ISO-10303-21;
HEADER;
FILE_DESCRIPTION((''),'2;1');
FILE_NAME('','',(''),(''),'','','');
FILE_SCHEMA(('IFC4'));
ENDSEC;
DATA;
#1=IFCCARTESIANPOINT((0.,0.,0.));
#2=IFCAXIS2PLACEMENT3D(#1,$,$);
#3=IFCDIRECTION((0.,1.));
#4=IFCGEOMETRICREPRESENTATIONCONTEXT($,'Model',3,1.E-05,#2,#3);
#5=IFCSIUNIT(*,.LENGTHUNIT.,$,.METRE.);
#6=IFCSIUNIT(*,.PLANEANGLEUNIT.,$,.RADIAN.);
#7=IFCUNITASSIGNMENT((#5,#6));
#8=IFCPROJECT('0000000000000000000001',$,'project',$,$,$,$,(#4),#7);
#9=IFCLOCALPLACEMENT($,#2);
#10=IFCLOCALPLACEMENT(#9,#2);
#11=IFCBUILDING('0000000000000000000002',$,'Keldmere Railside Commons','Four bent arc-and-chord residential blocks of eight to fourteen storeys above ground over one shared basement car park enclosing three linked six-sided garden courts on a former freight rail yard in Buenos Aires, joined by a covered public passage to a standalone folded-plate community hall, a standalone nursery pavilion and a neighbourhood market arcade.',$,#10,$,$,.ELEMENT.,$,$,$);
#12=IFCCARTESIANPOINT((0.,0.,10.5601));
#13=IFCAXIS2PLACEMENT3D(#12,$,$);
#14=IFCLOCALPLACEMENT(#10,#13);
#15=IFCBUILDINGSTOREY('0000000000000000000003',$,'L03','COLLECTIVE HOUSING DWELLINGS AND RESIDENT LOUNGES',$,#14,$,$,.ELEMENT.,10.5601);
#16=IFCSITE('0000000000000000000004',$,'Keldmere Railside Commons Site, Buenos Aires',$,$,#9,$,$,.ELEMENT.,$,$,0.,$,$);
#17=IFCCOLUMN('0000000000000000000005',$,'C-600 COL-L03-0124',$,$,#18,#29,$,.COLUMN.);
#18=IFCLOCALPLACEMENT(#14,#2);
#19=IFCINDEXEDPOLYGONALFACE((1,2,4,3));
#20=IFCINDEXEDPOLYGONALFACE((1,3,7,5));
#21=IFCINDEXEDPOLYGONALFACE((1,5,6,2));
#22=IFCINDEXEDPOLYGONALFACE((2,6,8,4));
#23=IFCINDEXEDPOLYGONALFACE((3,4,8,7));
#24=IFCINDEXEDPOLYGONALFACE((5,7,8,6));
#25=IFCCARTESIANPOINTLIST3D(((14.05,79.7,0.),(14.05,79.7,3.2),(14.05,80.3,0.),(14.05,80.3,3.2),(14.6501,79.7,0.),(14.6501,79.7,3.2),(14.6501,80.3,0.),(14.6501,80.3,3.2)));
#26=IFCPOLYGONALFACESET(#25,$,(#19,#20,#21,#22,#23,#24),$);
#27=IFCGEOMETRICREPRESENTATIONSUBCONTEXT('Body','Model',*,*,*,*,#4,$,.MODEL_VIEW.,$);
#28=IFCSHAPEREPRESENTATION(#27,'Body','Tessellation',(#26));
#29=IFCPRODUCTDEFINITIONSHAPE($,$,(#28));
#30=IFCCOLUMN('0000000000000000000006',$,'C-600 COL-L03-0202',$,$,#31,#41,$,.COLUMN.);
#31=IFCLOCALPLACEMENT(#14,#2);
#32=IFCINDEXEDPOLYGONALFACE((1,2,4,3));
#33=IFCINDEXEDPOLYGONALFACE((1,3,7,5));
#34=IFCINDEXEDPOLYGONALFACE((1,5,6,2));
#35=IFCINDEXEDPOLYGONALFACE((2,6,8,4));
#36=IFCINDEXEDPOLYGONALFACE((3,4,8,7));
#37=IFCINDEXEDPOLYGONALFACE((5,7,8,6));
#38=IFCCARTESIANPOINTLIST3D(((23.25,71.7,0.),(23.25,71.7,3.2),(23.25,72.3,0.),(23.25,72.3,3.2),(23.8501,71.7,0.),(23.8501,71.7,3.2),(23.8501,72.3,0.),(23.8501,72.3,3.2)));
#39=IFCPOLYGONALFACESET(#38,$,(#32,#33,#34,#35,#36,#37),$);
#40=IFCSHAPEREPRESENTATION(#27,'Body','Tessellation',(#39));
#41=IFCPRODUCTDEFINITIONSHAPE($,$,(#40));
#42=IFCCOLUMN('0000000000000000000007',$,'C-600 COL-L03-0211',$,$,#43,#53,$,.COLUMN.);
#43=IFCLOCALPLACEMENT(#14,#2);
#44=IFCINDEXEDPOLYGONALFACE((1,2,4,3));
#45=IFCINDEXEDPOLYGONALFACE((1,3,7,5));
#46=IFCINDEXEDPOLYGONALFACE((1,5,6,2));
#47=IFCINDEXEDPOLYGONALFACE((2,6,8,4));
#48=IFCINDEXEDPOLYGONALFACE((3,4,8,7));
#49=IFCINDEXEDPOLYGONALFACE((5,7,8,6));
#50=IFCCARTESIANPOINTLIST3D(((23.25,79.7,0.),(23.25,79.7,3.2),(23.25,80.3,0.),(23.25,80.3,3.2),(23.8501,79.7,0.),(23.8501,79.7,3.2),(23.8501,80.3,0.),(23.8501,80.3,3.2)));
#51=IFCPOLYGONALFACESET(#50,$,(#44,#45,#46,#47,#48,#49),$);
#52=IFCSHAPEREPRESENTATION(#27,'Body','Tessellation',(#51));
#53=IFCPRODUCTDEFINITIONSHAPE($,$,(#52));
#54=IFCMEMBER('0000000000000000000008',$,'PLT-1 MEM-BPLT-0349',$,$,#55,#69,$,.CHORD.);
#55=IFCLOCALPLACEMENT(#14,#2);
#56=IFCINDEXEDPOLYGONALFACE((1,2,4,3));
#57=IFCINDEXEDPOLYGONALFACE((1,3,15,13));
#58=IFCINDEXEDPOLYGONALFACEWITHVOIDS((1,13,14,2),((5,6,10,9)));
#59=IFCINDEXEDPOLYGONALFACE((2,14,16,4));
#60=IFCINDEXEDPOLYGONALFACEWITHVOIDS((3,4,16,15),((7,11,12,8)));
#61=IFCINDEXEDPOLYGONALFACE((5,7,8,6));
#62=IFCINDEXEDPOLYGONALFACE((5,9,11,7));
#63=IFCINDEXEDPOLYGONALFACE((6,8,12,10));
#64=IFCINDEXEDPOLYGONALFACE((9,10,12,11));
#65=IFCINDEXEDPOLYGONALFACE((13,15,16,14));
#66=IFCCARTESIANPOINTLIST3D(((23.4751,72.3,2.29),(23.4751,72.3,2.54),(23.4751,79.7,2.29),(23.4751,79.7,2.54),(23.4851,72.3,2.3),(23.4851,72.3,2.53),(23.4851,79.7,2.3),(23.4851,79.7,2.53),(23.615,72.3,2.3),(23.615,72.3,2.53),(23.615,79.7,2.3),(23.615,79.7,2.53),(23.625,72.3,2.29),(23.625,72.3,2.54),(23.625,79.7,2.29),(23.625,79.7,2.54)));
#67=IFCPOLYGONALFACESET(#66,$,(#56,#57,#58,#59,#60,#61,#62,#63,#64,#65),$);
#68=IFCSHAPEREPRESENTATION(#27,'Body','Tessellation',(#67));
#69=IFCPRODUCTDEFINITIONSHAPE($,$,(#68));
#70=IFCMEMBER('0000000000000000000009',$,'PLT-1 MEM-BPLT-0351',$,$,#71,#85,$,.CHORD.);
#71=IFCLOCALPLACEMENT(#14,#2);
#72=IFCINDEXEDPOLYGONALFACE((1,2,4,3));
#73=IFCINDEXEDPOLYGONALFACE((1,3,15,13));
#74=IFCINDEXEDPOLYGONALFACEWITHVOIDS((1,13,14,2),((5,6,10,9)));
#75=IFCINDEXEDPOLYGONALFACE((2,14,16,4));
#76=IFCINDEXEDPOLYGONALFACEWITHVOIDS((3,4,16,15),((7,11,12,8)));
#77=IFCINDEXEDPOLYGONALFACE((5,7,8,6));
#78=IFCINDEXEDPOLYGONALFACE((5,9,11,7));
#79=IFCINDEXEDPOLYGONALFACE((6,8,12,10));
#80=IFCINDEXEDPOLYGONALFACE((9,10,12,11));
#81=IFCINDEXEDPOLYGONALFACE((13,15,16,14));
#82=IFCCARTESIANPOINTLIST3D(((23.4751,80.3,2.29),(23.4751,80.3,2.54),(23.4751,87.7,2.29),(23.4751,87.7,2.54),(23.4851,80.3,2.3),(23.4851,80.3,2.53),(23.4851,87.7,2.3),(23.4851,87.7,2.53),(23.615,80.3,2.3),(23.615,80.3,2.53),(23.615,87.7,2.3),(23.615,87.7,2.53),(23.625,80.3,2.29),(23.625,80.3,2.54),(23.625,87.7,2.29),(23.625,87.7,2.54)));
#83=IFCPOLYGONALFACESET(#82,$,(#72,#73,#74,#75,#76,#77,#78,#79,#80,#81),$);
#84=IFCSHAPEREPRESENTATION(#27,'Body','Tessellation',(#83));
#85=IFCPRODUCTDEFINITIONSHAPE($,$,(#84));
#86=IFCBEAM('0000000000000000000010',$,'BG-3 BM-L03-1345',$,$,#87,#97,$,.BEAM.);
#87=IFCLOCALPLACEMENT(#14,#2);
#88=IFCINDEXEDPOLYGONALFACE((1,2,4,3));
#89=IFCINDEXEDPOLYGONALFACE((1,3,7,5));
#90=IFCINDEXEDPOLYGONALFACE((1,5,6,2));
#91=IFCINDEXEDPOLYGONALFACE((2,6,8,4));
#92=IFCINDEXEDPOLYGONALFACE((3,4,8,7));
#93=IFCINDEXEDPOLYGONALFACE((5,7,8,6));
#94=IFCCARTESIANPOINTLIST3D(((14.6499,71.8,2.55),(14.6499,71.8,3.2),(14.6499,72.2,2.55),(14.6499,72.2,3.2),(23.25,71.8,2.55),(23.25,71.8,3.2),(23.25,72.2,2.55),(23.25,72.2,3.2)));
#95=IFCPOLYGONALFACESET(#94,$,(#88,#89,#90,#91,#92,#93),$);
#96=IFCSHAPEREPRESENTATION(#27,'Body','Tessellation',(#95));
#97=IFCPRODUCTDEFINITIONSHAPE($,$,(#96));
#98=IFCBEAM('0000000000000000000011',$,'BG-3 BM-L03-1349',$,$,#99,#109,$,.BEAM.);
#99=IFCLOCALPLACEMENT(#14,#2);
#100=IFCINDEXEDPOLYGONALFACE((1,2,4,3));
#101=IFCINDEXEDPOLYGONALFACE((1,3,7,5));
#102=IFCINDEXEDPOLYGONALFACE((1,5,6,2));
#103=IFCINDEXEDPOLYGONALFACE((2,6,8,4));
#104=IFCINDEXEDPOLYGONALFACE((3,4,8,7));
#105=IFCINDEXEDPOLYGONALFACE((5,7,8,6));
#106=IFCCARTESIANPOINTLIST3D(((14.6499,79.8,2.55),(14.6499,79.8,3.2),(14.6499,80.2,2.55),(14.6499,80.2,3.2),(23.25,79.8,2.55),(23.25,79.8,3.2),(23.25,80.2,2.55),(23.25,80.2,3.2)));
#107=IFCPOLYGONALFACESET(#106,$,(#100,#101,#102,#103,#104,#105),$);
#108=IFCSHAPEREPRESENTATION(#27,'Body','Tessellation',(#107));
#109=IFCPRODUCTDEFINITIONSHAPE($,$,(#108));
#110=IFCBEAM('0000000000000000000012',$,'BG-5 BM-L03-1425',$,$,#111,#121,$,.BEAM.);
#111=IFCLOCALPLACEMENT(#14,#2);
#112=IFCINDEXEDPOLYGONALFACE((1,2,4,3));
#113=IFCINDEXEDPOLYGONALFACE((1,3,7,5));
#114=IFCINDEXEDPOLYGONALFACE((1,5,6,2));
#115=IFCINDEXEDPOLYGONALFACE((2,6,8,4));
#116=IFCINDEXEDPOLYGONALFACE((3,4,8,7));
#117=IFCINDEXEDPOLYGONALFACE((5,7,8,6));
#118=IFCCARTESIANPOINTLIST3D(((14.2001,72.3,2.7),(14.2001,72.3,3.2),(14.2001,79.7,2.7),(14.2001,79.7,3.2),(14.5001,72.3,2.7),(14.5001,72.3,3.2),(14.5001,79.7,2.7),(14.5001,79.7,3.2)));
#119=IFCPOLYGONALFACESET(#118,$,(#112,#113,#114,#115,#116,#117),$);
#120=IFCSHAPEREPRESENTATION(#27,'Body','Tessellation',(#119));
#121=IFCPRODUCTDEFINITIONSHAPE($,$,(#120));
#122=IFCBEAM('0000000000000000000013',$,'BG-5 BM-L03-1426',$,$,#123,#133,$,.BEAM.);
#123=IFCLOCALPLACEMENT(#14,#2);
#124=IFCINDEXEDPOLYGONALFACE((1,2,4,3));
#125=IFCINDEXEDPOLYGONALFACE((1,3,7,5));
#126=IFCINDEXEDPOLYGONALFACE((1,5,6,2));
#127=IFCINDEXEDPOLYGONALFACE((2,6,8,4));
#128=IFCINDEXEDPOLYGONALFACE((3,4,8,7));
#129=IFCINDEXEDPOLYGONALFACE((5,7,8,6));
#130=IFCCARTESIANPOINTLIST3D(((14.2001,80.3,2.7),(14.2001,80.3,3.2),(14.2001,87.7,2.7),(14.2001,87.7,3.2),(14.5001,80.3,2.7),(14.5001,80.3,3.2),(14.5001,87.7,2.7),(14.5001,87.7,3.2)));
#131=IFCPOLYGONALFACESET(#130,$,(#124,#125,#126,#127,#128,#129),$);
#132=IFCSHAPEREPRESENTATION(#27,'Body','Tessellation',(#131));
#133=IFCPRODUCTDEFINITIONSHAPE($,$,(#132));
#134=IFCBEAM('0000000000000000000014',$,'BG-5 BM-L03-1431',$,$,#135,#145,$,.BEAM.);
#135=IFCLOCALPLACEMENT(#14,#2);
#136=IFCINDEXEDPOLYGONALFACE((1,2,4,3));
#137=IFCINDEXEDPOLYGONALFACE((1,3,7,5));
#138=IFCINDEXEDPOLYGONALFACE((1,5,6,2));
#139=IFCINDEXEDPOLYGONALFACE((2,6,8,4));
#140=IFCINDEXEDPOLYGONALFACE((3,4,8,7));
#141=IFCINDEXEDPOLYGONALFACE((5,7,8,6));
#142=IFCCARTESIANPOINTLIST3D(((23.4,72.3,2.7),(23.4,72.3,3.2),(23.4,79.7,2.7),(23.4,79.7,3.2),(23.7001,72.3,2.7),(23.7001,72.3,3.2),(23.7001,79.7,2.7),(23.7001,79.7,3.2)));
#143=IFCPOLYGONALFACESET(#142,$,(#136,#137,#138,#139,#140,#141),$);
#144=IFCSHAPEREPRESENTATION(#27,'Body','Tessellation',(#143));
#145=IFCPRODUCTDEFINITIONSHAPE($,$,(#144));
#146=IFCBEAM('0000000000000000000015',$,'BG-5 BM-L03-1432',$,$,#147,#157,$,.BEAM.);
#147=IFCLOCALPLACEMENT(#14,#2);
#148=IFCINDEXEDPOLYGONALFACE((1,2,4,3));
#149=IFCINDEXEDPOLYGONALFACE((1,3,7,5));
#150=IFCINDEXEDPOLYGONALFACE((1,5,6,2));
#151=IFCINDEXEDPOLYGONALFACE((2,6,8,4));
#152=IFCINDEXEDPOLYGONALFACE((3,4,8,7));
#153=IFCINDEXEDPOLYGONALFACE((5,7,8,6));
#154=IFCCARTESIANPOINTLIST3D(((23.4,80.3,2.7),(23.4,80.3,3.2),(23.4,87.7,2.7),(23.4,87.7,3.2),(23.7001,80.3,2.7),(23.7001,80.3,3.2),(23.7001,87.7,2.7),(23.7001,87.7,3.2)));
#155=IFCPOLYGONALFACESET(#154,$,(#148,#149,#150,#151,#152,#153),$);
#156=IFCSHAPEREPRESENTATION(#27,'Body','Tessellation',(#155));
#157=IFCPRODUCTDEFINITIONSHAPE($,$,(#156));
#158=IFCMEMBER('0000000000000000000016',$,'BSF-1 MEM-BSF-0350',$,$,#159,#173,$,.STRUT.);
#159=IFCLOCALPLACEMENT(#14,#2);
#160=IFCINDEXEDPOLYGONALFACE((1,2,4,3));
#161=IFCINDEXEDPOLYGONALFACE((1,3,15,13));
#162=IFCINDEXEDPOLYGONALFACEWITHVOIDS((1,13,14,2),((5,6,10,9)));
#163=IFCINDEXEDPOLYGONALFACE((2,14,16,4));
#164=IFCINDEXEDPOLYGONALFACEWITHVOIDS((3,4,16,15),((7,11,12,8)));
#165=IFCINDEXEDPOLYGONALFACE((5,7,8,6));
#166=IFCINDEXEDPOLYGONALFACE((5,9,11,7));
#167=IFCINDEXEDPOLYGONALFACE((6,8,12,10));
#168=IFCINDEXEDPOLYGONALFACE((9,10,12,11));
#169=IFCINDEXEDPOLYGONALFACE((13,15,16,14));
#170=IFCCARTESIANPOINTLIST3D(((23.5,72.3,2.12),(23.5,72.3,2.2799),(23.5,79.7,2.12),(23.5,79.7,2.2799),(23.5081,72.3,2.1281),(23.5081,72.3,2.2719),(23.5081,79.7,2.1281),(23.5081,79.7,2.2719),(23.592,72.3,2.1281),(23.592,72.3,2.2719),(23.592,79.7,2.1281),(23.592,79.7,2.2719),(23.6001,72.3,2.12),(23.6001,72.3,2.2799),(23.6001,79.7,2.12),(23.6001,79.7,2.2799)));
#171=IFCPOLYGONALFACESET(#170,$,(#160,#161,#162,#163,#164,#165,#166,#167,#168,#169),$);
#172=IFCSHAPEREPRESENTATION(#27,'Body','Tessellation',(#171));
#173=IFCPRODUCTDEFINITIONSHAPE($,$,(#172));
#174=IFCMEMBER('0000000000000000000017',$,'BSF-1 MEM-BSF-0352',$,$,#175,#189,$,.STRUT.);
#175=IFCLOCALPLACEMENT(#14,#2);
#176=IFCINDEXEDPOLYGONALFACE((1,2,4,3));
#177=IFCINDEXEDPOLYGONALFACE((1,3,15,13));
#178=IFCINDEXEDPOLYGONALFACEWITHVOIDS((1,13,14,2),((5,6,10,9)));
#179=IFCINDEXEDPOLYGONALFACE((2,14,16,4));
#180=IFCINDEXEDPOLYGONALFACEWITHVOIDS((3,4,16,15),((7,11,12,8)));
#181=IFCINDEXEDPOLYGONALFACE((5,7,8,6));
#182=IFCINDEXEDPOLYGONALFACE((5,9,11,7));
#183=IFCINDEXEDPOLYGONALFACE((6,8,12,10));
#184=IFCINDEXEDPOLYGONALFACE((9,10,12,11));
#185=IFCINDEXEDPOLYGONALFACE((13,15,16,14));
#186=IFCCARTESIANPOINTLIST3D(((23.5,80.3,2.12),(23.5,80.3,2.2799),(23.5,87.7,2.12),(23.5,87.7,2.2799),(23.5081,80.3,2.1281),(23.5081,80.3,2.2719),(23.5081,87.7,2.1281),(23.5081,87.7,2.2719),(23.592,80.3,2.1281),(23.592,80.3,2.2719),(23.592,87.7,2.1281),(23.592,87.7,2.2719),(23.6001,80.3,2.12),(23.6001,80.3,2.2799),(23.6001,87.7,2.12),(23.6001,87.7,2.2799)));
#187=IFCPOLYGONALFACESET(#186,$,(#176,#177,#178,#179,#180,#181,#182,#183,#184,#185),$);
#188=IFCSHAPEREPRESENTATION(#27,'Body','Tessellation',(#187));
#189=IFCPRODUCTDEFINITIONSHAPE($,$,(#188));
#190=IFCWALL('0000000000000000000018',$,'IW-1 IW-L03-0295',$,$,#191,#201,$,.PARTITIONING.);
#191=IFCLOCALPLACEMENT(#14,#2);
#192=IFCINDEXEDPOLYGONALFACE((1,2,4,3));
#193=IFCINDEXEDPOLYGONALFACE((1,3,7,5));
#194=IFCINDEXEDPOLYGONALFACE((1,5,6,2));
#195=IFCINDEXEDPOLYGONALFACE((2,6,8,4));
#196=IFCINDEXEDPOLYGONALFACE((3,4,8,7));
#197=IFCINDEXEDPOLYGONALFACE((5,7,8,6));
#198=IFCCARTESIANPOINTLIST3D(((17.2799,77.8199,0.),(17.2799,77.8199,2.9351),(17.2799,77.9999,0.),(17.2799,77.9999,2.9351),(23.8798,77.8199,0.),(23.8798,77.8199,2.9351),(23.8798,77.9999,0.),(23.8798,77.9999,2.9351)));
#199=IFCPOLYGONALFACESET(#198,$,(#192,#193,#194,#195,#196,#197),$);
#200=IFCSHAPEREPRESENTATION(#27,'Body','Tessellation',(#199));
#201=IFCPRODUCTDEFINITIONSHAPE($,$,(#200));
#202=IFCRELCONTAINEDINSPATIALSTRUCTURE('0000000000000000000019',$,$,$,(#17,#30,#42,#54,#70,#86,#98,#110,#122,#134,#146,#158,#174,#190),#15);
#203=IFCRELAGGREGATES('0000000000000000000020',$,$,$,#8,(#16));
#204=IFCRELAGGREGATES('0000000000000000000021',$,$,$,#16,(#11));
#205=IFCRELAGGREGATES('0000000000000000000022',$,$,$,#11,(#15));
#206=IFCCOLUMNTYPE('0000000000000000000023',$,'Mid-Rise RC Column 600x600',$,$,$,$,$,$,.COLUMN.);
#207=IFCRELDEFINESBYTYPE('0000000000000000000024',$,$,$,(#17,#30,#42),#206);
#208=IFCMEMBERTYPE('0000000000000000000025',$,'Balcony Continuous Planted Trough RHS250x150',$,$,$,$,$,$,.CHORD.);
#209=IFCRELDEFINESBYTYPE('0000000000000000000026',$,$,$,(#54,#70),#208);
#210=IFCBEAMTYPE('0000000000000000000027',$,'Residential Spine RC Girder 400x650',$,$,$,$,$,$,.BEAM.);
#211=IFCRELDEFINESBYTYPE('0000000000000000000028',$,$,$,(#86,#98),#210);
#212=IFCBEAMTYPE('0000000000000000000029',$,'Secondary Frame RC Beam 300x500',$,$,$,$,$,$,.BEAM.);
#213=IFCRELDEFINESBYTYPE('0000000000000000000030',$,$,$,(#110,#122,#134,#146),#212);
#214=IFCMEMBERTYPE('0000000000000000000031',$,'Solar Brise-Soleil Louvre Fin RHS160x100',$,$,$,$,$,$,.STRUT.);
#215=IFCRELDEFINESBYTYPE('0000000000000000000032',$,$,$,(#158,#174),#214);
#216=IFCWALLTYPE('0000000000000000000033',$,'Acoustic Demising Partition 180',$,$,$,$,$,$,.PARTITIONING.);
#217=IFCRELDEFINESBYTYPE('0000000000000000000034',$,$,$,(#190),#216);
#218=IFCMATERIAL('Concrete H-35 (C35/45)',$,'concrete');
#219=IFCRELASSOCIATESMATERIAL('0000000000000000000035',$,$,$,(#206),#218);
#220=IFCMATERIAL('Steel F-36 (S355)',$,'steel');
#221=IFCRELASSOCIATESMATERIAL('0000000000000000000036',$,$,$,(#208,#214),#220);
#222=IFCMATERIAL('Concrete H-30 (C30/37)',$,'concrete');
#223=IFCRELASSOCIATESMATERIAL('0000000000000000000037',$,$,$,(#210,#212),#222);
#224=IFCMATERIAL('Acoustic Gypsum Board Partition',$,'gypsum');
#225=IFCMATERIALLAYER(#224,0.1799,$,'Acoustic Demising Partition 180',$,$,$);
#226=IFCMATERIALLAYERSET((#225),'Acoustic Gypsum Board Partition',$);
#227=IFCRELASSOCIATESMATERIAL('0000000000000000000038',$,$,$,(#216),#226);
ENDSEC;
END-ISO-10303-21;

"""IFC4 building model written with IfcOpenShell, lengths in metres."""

from ifc_helpers import new_model, si_unit, direction, frame, frame_2d, origin, origin_2d, place, context, subcontext, project, spatial, rectangle, hollow_rectangle, extrude, material, layer, layer_set, material_profile, profile_set, type_object, element, save


model = new_model("IFC4")

# Units and contexts
model_context = context("Model", 3, precision=1e-05, world=origin(), true_north=direction((0.0, 1.0)))
body_context = subcontext(model_context, "Body", "Model", "MODEL_VIEW")
ifc_project = project(units=[si_unit("LENGTHUNIT", "METRE"), si_unit("PLANEANGLEUNIT", "RADIAN")], contexts=[model_context])

# Site, building, storey
site_placement = place(None, origin())
site = spatial("IfcSite", under=ifc_project, at=site_placement, Name="Keldmere Railside Commons Site, Buenos Aires", CompositionType="ELEMENT", RefElevation=0.0)
building_placement = place(site_placement, origin())
building = spatial("IfcBuilding", under=site, at=building_placement, Name="Keldmere Railside Commons", Description="Four bent arc-and-chord residential blocks of eight to fourteen storeys above ground over one shared basement car park enclosing three linked six-sided garden courts on a former freight rail yard in Buenos Aires, joined by a covered public passage to a standalone folded-plate community hall, a standalone nursery pavilion and a neighbourhood market arcade.", CompositionType="ELEMENT")
storey_placement = place(building_placement, frame((0.0, 0.0, 10.5601)))
storey = spatial("IfcBuildingStorey", under=building, at=storey_placement, Name="L03", Description="COLLECTIVE HOUSING DWELLINGS AND RESIDENT LOUNGES", CompositionType="ELEMENT", Elevation=10.5601)

# Columns
ifc_material_1 = material(Name="Concrete H-35 (C35/45)", Category="concrete")
ifc_material_profile_1 = material_profile(ifc_material_1, rectangle(XDim=0.6001, YDim=0.6001, at=origin_2d()), Name="RC-600x600")
ifc_profile_set_1 = profile_set([ifc_material_profile_1], Name="Concrete H-35 (C35/45)")
column_type = type_object("IfcColumnType", Name="Mid-Rise RC Column 600x600", PredefinedType="COLUMN", material=ifc_profile_set_1)
for number, where, z_axis, x_axis, name in (
    (1, (14.3501, 80.0, 0.0), (0.0, 0.0, 1.0), (1.0, 0.0, 0.0), "C-600 COL-L03-0124"),
    (2, (23.55, 72.0, 0.0), (0.0, 0.0, 1.0), (1.0, 0.0, 0.0), "C-600 COL-L03-0202"),
    (3, (23.55, 80.0, 0.0), (0.0, 0.0, 1.0), (1.0, 0.0, 0.0), "C-600 COL-L03-0211"),
):
    element("IfcColumn", number, at=place(storey_placement, frame(where, z_axis=z_axis, x_axis=x_axis)), inside=storey, type_object=column_type, Name=name, PredefinedType="COLUMN", context=body_context, shape_type="SweptSolid", body=[
        extrude(rectangle(XDim=0.6001, YDim=0.6001, at=origin_2d()), origin(), (0.0, 0.0, 1.0), 3.2),
    ])

# Members
ifc_material_2 = material(Name="Steel F-36 (S355)", Category="steel")
ifc_material_profile_2 = material_profile(ifc_material_2, hollow_rectangle(XDim=0.1499, YDim=0.25, WallThickness=0.01, at=origin_2d()), Name="RHS-250x150x10")
ifc_profile_set_2 = profile_set([ifc_material_profile_2], Name="Steel F-36 (S355)")
member_type_1 = type_object("IfcMemberType", Name="Balcony Continuous Planted Trough RHS250x150", PredefinedType="CHORD", material=ifc_profile_set_2)
for number, where, z_axis, x_axis, name in (
    (4, (23.55, 72.3, 2.415), (0.0, 1.0, 0.0), (-1.0, 0.0, 0.0), "PLT-1 MEM-BPLT-0349"),
    (5, (23.55, 80.3, 2.415), (0.0, 1.0, 0.0), (-1.0, 0.0, 0.0), "PLT-1 MEM-BPLT-0351"),
):
    element("IfcMember", number, at=place(storey_placement, frame(where, z_axis=z_axis, x_axis=x_axis)), inside=storey, type_object=member_type_1, Name=name, PredefinedType="CHORD", context=body_context, shape_type="SweptSolid", body=[
        extrude(hollow_rectangle(XDim=0.1499, YDim=0.25, WallThickness=0.01, at=origin_2d()), origin(), (0.0, 0.0, 1.0), 7.3999),
    ])

# Beams
ifc_material_3 = material(Name="Concrete H-30 (C30/37)", Category="concrete")
ifc_material_profile_3 = material_profile(ifc_material_3, rectangle(XDim=0.3999, YDim=0.6499, at=origin_2d()), Name="RC-400x650")
ifc_profile_set_3 = profile_set([ifc_material_profile_3], Name="Concrete H-30 (C30/37)")
beam_type_1 = type_object("IfcBeamType", Name="Residential Spine RC Girder 400x650", PredefinedType="BEAM", material=ifc_profile_set_3)
for number, where, z_axis, x_axis, name in (
    (6, (14.6499, 72.0, 2.875), (1.0, 0.0, 0.0), (0.0, 1.0, 0.0), "BG-3 BM-L03-1345"),
    (7, (14.6499, 80.0, 2.875), (1.0, 0.0, 0.0), (0.0, 1.0, 0.0), "BG-3 BM-L03-1349"),
):
    element("IfcBeam", number, at=place(storey_placement, frame(where, z_axis=z_axis, x_axis=x_axis)), inside=storey, type_object=beam_type_1, Name=name, PredefinedType="BEAM", context=body_context, shape_type="SweptSolid", body=[
        extrude(rectangle(XDim=0.3999, YDim=0.6499, at=origin_2d()), origin(), (0.0, 0.0, 1.0), 8.6001),
    ])
ifc_material_profile_4 = material_profile(ifc_material_3, rectangle(XDim=0.3, YDim=0.5, at=origin_2d()), Name="RC-300x500")
ifc_profile_set_4 = profile_set([ifc_material_profile_4], Name="Concrete H-30 (C30/37)")
beam_type_2 = type_object("IfcBeamType", Name="Secondary Frame RC Beam 300x500", PredefinedType="BEAM", material=ifc_profile_set_4)
for number, where, z_axis, x_axis, name in (
    (8, (14.3501, 72.3, 2.95), (0.0, 1.0, 0.0), (-1.0, 0.0, 0.0), "BG-5 BM-L03-1425"),
    (9, (14.3501, 80.3, 2.95), (0.0, 1.0, 0.0), (-1.0, 0.0, 0.0), "BG-5 BM-L03-1426"),
    (10, (23.55, 72.3, 2.95), (0.0, 1.0, 0.0), (-1.0, 0.0, 0.0), "BG-5 BM-L03-1431"),
    (11, (23.55, 80.3, 2.95), (0.0, 1.0, 0.0), (-1.0, 0.0, 0.0), "BG-5 BM-L03-1432"),
):
    element("IfcBeam", number, at=place(storey_placement, frame(where, z_axis=z_axis, x_axis=x_axis)), inside=storey, type_object=beam_type_2, Name=name, PredefinedType="BEAM", context=body_context, shape_type="SweptSolid", body=[
        extrude(rectangle(XDim=0.3, YDim=0.5, at=origin_2d()), origin(), (0.0, 0.0, 1.0), 7.3999),
    ])

# Members
ifc_material_profile_5 = material_profile(ifc_material_2, hollow_rectangle(XDim=0.1001, YDim=0.1599, WallThickness=0.0081, at=origin_2d()), Name="RHS-160x100x8")
ifc_profile_set_5 = profile_set([ifc_material_profile_5], Name="Steel F-36 (S355)")
member_type_2 = type_object("IfcMemberType", Name="Solar Brise-Soleil Louvre Fin RHS160x100", PredefinedType="STRUT", material=ifc_profile_set_5)
for number, where, z_axis, x_axis, name in (
    (12, (23.55, 72.3, 2.2), (0.0, 1.0, 0.0), (-1.0, 0.0, 0.0), "BSF-1 MEM-BSF-0350"),
    (13, (23.55, 80.3, 2.2), (0.0, 1.0, 0.0), (-1.0, 0.0, 0.0), "BSF-1 MEM-BSF-0352"),
):
    element("IfcMember", number, at=place(storey_placement, frame(where, z_axis=z_axis, x_axis=x_axis)), inside=storey, type_object=member_type_2, Name=name, PredefinedType="STRUT", context=body_context, shape_type="SweptSolid", body=[
        extrude(hollow_rectangle(XDim=0.1001, YDim=0.1599, WallThickness=0.0081, at=origin_2d()), origin(), (0.0, 0.0, 1.0), 7.3999),
    ])

# Wall
ifc_material_4 = material(Name="Acoustic Gypsum Board Partition", Category="gypsum")
ifc_layer_1 = layer(ifc_material_4, 0.1799, Name="Acoustic Demising Partition 180")
ifc_layer_set_1 = layer_set([ifc_layer_1], Name="Acoustic Gypsum Board Partition")
wall_type_1 = type_object("IfcWallType", Name="Acoustic Demising Partition 180", PredefinedType="PARTITIONING", material=ifc_layer_set_1)
wall_1_placement = place(storey_placement, frame((17.28, 77.9099, 0.0), z_axis=(0.0, 0.0, 1.0), x_axis=(1.0, 0.0, 0.0)))
element("IfcWall", 14, at=wall_1_placement, inside=storey, type_object=wall_type_1, Name="IW-1 IW-L03-0295", PredefinedType="PARTITIONING", context=body_context, shape_type="SweptSolid", body=[
    extrude(rectangle(XDim=6.5999, YDim=0.1799, at=frame_2d((3.2998, 0.0))), origin(), (0.0, 0.0, 1.0), 2.9351),
])

save(model, "model.ifc")
